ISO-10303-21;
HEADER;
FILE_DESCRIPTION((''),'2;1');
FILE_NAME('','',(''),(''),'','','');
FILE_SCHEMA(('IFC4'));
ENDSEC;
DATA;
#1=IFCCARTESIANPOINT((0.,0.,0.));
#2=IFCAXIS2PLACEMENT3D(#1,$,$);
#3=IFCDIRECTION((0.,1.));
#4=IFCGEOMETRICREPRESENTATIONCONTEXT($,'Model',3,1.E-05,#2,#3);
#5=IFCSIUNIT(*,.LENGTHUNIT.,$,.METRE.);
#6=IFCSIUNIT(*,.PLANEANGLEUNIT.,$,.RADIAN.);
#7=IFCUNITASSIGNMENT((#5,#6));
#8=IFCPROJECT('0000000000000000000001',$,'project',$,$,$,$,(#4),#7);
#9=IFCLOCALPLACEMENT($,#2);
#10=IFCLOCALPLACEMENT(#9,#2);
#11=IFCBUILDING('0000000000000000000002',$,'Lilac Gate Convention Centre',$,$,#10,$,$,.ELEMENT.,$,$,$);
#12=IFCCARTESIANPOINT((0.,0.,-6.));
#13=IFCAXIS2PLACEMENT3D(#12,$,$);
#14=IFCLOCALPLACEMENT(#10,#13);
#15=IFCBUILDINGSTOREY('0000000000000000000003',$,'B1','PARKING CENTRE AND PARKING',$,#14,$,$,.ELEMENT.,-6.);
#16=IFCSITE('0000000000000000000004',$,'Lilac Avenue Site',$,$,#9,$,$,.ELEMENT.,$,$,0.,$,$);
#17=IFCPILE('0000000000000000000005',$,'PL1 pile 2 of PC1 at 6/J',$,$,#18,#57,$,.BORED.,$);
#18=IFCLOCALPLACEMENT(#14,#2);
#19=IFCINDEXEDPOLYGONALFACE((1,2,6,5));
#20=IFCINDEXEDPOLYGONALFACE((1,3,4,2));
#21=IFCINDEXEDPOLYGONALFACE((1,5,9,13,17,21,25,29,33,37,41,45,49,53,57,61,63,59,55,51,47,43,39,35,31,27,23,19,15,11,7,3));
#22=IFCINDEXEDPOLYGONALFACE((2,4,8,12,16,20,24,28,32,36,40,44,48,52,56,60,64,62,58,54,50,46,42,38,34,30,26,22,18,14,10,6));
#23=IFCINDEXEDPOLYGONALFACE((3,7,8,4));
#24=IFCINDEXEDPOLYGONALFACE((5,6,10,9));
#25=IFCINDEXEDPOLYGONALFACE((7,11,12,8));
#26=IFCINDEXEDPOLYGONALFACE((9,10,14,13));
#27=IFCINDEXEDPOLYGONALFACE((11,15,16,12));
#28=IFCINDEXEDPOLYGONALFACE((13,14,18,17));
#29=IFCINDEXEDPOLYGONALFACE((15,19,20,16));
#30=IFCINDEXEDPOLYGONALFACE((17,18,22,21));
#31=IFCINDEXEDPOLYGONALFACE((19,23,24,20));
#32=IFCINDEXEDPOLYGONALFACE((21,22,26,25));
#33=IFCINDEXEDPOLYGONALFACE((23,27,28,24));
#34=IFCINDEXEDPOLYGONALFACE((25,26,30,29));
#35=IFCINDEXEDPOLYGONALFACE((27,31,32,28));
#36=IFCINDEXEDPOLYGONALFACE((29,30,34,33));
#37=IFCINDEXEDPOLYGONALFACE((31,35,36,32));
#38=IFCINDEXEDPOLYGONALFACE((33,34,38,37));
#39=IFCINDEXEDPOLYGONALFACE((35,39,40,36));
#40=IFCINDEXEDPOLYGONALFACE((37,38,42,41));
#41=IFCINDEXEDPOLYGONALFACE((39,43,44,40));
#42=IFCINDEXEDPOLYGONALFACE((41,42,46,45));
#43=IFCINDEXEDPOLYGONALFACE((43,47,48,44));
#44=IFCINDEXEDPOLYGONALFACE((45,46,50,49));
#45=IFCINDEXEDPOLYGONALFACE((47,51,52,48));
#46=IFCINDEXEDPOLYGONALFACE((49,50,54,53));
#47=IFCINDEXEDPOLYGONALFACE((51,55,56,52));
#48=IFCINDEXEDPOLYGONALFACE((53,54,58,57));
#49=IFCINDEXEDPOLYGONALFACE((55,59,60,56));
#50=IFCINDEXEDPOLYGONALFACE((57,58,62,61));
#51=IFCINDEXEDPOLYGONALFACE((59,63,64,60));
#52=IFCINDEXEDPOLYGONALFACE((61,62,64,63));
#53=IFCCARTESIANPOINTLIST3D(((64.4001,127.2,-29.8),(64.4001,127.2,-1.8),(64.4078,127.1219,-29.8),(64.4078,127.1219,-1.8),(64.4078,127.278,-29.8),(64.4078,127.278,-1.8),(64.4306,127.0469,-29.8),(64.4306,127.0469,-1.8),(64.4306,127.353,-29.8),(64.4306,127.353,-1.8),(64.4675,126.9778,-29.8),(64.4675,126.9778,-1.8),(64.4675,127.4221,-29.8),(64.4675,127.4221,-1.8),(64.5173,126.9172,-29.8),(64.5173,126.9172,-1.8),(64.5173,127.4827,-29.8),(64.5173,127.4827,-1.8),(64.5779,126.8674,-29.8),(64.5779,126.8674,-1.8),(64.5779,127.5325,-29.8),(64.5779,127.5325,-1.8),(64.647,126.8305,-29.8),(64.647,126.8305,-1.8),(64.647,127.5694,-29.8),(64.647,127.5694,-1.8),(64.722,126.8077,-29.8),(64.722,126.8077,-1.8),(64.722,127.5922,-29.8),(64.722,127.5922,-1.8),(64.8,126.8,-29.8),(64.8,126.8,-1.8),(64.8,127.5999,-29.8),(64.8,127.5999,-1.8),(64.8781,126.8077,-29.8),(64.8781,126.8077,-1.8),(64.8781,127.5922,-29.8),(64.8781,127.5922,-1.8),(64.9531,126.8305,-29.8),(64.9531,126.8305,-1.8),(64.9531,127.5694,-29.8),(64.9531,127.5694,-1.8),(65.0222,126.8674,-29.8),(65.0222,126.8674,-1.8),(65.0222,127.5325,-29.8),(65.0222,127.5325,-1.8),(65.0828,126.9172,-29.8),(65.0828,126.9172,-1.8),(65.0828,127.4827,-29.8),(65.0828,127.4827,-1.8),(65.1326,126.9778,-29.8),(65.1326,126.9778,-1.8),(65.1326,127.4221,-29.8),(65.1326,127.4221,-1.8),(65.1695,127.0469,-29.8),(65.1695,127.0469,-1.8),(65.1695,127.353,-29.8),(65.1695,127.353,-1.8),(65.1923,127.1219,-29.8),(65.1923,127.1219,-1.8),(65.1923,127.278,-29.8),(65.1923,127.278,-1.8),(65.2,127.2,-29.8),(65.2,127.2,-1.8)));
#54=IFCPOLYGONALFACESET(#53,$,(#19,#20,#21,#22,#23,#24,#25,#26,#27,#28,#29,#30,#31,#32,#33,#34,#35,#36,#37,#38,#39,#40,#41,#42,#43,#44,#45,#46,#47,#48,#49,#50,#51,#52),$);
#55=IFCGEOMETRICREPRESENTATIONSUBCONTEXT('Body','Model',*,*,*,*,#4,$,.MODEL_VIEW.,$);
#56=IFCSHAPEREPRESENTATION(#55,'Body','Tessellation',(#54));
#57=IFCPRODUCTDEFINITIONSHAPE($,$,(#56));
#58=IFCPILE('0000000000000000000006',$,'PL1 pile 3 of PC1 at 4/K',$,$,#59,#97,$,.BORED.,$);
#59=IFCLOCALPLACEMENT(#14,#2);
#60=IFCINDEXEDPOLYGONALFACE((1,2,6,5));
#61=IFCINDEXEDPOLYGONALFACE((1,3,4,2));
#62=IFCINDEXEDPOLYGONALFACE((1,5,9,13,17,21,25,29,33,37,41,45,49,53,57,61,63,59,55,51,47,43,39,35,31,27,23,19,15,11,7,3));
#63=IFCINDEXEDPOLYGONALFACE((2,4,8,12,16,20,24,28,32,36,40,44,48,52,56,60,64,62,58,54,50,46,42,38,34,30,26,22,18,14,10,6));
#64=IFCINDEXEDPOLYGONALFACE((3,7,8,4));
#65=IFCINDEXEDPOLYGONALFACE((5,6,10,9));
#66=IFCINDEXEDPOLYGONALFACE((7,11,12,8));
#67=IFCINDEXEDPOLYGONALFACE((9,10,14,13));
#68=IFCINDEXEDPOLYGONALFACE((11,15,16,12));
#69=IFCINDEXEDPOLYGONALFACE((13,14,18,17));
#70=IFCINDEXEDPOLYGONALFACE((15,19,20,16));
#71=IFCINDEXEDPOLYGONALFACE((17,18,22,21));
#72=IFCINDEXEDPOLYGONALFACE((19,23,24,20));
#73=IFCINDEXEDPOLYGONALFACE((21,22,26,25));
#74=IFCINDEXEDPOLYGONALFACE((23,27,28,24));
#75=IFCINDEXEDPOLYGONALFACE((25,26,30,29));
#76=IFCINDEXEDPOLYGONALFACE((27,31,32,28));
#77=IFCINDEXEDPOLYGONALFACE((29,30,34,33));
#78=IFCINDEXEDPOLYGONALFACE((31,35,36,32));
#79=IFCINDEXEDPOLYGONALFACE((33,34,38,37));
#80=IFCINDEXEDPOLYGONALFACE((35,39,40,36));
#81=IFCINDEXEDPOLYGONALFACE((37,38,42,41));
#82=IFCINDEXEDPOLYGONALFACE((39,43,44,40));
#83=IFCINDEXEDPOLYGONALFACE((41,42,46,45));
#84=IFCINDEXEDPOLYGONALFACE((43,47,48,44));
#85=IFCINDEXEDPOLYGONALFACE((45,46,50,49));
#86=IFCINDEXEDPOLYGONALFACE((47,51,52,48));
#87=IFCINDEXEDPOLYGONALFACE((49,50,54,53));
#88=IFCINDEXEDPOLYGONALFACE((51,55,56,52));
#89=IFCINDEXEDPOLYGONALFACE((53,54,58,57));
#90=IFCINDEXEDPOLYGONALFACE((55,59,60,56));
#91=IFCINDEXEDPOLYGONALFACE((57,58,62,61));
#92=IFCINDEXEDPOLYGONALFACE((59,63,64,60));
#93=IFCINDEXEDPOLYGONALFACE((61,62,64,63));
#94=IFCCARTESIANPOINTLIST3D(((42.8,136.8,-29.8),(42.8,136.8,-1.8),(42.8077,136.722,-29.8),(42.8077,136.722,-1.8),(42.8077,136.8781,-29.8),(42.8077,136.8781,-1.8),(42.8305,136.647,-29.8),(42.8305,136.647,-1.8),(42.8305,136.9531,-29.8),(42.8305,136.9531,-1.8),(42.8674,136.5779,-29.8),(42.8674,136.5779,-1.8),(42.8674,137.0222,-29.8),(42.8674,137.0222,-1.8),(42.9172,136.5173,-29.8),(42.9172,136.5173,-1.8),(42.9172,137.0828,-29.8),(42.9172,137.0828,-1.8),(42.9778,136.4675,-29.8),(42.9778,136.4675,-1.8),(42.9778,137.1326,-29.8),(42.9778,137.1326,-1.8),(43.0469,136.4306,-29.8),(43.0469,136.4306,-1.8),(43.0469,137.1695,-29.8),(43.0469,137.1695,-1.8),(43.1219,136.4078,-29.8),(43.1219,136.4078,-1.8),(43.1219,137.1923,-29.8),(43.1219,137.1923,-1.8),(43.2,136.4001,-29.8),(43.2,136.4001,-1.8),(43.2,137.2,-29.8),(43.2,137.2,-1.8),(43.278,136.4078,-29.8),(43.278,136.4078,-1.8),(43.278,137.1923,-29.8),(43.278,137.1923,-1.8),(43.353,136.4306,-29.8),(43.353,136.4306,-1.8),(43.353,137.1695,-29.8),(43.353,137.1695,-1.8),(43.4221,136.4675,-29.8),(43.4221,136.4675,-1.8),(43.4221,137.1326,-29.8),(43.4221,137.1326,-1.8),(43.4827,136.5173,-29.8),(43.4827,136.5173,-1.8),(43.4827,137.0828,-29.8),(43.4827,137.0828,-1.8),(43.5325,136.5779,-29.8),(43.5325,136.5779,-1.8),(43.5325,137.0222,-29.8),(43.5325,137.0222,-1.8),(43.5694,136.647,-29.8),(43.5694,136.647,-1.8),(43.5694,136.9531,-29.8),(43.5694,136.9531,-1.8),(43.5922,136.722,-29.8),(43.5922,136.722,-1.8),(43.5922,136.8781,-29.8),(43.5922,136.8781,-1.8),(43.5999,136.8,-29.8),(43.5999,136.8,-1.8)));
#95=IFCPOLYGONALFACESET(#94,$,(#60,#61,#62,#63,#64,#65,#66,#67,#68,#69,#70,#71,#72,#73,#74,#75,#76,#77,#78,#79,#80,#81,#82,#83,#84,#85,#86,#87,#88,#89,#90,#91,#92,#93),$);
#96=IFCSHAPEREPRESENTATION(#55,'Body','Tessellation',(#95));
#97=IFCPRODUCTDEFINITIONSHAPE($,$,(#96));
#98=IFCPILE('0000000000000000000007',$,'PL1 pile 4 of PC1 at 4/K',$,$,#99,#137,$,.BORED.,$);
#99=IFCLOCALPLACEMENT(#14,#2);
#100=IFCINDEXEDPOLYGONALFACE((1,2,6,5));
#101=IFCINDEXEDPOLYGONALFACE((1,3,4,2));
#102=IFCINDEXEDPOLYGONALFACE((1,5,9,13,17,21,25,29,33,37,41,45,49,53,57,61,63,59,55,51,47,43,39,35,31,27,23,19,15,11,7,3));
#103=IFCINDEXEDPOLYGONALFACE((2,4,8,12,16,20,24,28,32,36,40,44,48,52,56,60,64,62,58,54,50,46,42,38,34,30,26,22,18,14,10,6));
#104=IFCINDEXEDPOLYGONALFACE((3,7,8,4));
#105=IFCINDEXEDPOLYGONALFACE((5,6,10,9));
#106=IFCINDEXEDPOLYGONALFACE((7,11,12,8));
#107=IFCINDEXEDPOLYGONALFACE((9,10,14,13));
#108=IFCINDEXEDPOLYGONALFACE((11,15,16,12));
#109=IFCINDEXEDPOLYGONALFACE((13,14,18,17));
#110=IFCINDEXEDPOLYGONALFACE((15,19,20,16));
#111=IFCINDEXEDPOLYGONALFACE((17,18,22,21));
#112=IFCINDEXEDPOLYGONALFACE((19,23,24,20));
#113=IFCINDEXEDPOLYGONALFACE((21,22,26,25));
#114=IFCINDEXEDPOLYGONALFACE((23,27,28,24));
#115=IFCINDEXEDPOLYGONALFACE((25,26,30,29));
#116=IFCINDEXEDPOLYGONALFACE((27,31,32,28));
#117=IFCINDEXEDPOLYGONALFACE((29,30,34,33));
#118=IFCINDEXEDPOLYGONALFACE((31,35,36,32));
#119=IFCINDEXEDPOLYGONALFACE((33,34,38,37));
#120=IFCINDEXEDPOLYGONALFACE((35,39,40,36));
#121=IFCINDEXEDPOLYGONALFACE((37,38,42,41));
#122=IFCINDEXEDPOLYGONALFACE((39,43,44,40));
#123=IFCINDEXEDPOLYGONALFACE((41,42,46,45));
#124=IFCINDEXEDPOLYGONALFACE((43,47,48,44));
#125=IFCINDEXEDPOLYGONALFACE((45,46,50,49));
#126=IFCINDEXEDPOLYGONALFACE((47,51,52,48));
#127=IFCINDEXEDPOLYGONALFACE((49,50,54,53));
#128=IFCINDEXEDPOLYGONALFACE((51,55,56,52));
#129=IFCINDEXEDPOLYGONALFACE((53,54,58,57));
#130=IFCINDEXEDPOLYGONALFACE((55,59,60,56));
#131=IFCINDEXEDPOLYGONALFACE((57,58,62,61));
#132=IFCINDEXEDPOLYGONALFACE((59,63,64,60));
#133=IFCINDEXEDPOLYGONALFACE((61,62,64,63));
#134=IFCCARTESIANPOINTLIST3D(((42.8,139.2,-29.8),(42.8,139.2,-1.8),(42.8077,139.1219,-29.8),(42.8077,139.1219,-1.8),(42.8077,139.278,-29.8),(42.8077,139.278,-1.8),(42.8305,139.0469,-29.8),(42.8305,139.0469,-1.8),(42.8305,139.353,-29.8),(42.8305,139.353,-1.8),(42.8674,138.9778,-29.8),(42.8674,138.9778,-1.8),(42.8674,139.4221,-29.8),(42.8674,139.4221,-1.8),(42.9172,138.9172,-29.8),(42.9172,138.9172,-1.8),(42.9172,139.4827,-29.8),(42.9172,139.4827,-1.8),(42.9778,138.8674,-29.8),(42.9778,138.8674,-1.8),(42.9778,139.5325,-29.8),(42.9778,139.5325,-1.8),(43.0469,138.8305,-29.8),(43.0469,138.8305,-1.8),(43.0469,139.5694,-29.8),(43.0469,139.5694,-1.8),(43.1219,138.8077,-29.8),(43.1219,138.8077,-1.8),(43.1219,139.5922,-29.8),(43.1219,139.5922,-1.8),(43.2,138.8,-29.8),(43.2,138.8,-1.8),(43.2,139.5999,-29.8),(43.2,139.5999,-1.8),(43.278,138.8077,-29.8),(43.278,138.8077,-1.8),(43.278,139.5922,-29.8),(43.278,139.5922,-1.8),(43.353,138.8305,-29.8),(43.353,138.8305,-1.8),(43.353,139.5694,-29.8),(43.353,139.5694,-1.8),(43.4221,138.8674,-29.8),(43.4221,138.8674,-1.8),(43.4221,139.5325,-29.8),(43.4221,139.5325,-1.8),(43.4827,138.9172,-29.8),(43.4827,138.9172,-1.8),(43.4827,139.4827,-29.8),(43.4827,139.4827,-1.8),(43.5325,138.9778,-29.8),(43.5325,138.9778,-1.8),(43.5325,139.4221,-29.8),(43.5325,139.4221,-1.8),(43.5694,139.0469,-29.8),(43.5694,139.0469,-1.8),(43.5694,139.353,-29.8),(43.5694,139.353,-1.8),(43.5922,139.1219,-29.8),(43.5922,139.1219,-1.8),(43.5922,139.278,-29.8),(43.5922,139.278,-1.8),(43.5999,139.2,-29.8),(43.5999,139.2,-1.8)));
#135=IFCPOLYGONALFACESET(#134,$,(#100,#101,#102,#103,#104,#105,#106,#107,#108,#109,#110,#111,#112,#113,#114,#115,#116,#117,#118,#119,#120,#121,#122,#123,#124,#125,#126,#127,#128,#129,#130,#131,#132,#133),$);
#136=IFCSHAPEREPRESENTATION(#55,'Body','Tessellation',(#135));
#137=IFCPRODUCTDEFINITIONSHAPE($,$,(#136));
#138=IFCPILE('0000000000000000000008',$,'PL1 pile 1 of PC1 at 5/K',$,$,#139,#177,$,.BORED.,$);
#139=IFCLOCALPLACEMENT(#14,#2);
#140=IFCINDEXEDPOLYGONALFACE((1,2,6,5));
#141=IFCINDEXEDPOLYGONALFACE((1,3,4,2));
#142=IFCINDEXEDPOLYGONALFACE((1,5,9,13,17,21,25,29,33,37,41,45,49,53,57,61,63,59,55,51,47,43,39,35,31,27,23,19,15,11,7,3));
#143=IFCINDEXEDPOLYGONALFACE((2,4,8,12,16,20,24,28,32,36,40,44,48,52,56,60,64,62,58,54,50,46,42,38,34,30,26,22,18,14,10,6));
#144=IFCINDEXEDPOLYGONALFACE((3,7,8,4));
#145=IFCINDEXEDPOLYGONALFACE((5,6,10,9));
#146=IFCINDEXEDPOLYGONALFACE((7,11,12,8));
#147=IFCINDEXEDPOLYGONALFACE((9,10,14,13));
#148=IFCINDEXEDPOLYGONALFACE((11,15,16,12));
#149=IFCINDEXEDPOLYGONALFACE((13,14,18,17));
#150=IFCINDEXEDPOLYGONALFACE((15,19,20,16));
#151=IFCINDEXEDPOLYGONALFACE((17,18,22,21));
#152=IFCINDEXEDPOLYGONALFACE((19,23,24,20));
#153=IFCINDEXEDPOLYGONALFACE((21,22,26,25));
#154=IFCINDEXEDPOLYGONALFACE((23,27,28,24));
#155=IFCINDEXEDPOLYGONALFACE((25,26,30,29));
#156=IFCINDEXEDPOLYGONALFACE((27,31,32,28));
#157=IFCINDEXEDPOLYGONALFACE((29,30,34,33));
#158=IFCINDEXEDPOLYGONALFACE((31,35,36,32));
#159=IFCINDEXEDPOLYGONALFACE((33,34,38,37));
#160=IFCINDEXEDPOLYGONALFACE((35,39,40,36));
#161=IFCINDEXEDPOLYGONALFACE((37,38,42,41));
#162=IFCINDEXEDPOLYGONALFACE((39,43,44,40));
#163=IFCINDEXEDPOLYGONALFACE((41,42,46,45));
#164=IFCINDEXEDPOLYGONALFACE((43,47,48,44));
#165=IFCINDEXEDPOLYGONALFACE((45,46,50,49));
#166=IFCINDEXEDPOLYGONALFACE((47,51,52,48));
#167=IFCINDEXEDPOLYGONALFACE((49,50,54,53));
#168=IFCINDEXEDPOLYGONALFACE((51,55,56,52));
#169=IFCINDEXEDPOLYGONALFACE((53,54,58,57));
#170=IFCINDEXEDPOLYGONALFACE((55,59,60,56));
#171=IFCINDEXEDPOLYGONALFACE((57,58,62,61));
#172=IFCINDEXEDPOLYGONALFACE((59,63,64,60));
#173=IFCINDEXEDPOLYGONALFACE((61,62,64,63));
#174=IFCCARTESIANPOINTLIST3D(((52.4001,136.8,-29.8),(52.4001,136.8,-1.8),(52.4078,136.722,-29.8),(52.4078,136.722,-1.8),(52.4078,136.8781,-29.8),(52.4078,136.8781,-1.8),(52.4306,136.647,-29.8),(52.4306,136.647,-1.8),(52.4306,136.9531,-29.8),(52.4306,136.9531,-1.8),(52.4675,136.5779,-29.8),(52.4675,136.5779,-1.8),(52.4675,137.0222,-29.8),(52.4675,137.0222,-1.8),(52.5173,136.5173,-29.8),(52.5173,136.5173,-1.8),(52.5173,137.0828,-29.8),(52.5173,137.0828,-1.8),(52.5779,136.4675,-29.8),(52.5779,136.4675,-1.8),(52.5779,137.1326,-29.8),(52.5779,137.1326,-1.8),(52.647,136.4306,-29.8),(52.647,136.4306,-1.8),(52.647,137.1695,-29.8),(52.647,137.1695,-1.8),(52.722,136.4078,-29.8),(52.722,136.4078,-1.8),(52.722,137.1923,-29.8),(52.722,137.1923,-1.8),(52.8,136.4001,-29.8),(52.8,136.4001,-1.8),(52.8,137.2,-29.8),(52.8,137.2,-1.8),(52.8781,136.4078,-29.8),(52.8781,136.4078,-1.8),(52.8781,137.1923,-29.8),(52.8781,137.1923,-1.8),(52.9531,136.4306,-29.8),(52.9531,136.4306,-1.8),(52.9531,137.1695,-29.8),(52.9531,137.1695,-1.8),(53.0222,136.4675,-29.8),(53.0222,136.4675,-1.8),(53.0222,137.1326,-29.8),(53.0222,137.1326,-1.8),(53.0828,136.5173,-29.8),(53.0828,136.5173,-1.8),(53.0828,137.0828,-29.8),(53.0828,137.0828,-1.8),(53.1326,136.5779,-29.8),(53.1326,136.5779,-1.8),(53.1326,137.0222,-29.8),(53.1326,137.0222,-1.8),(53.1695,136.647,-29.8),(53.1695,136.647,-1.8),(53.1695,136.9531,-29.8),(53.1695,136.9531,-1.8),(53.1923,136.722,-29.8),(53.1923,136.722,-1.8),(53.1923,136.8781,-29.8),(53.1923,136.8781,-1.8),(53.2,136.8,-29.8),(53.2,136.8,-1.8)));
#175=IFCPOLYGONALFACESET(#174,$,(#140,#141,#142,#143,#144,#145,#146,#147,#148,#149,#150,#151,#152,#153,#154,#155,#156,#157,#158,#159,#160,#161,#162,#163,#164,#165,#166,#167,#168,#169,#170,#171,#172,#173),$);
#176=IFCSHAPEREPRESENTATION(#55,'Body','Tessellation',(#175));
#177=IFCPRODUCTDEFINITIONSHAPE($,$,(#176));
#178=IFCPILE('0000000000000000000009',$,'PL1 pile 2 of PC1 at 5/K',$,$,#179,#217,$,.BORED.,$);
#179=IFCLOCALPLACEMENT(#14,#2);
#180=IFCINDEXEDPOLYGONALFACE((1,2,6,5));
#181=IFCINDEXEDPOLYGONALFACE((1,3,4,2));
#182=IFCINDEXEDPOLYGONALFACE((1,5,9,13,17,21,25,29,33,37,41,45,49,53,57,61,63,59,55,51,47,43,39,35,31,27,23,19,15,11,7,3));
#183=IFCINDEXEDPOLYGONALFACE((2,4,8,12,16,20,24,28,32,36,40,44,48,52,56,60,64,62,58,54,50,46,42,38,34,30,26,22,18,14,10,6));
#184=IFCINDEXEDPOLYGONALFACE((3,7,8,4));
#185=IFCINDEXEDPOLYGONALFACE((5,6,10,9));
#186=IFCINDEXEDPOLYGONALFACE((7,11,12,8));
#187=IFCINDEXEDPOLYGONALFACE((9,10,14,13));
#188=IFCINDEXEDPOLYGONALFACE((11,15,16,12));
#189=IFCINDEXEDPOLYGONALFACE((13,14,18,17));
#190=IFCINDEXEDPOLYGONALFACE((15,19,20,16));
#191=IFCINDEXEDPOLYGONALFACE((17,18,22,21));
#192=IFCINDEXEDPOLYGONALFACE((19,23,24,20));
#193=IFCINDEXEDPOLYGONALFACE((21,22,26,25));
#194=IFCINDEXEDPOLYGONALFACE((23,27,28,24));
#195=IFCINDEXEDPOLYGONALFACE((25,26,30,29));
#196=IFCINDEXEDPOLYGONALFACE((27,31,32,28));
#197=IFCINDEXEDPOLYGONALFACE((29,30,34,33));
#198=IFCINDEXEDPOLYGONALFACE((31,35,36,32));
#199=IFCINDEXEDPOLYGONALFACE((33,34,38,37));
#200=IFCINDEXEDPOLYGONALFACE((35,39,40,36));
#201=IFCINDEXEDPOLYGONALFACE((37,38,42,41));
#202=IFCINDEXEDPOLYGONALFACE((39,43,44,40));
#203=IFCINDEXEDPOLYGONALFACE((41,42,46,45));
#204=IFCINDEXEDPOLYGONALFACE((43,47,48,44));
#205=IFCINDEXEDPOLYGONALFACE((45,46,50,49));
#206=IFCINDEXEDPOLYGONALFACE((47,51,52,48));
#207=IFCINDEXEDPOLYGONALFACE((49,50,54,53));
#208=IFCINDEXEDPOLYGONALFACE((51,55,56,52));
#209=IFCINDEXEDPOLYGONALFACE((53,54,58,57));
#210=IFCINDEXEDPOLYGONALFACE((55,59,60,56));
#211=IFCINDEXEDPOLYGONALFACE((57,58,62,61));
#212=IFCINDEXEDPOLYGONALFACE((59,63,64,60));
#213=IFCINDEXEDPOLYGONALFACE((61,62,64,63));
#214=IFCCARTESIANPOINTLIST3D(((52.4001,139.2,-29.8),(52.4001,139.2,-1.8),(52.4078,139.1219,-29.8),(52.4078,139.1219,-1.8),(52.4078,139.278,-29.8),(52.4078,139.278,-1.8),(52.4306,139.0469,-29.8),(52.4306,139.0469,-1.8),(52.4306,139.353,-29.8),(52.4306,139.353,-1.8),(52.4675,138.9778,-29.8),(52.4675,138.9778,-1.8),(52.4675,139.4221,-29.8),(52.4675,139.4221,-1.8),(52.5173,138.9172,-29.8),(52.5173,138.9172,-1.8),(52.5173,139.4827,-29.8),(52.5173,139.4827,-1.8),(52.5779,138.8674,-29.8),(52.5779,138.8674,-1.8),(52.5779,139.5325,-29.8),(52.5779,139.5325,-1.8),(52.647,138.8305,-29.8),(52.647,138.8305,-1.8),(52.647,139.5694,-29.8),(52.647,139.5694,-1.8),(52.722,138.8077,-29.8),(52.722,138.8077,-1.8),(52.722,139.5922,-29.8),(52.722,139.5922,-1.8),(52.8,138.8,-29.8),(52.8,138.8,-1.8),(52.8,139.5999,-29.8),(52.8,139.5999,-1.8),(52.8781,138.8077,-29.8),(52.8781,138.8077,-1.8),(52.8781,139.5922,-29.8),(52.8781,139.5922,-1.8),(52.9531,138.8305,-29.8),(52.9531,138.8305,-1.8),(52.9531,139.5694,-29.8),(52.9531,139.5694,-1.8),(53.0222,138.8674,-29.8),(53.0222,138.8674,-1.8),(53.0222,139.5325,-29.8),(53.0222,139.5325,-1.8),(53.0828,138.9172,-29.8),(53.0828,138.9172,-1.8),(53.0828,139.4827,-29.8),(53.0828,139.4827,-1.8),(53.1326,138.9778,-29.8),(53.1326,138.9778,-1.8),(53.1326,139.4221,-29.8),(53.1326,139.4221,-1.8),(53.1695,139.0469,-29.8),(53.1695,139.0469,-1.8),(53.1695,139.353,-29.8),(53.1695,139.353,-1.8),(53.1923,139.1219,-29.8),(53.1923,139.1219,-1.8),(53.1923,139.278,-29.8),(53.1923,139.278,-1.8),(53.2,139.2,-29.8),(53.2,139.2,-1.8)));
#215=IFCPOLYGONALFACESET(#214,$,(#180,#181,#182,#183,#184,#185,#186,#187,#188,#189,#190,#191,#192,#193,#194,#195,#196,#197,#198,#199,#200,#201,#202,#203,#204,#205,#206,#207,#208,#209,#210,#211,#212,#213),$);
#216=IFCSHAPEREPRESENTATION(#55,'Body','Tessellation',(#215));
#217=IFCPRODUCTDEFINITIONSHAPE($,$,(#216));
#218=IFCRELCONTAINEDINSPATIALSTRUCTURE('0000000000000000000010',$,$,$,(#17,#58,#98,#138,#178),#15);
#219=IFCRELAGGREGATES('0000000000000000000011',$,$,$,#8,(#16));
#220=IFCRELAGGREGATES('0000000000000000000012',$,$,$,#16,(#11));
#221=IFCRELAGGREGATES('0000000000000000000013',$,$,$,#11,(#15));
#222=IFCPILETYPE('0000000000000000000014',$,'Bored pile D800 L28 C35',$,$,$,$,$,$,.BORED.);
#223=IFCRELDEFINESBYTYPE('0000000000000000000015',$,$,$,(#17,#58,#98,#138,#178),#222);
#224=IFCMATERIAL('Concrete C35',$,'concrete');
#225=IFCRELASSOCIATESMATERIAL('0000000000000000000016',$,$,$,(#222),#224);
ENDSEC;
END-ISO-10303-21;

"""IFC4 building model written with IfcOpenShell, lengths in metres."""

from ifc_helpers import new_model, si_unit, direction, frame, origin, origin_2d, place, context, subcontext, project, spatial, circle, extrude, material, material_profile, profile_set, type_object, element, save


model = new_model("IFC4")

# Units and contexts
model_context = context("Model", 3, precision=1e-05, world=origin(), true_north=direction((0.0, 1.0)))
body_context = subcontext(model_context, "Body", "Model", "MODEL_VIEW")
ifc_project = project(units=[si_unit("LENGTHUNIT", "METRE"), si_unit("PLANEANGLEUNIT", "RADIAN")], contexts=[model_context])

# Site, building, storey
site_placement = place(None, origin())
site = spatial("IfcSite", under=ifc_project, at=site_placement, Name="Lilac Avenue Site", CompositionType="ELEMENT", RefElevation=0.0)
building_placement = place(site_placement, origin())
building = spatial("IfcBuilding", under=site, at=building_placement, Name="Lilac Gate Convention Centre", CompositionType="ELEMENT")
storey_placement = place(building_placement, frame((0.0, 0.0, -6.0)))
storey = spatial("IfcBuildingStorey", under=building, at=storey_placement, Name="B1", Description="PARKING CENTRE AND PARKING", CompositionType="ELEMENT", Elevation=-6.0)

# Piles
ifc_material_1 = material(Name="Concrete C35", Category="concrete")
ifc_material_profile_1 = material_profile(ifc_material_1, circle(Radius=0.3999, at=origin_2d()), Name="D800")
ifc_profile_set_1 = profile_set([ifc_material_profile_1], Name="Concrete C35")
pile_type = type_object("IfcPileType", Name="Bored pile D800 L28 C35", PredefinedType="BORED", material=ifc_profile_set_1)
for number, where, z_axis, x_axis, name in (
    (1, (64.8, 127.2, -1.8), (0.0, 0.0, -1.0), (1.0, 0.0, 0.0), "PL1 pile 2 of PC1 at 6/J"),
    (2, (43.2, 136.8, -1.8), (0.0, 0.0, -1.0), (1.0, 0.0, 0.0), "PL1 pile 3 of PC1 at 4/K"),
    (3, (43.2, 139.2, -1.8), (0.0, 0.0, -1.0), (1.0, 0.0, 0.0), "PL1 pile 4 of PC1 at 4/K"),
    (4, (52.8, 136.8, -1.8), (0.0, 0.0, -1.0), (1.0, 0.0, 0.0), "PL1 pile 1 of PC1 at 5/K"),
    (5, (52.8, 139.2, -1.8), (0.0, 0.0, -1.0), (1.0, 0.0, 0.0), "PL1 pile 2 of PC1 at 5/K"),
):
    element("IfcPile", number, at=place(storey_placement, frame(where, z_axis=z_axis, x_axis=x_axis)), inside=storey, type_object=pile_type, Name=name, PredefinedType="BORED", context=body_context, shape_type="SweptSolid", body=[
        extrude(circle(Radius=0.3999, at=origin_2d()), origin(), (0.0, 0.0, 1.0), 28.0),
    ])

save(model, "model.ifc")
